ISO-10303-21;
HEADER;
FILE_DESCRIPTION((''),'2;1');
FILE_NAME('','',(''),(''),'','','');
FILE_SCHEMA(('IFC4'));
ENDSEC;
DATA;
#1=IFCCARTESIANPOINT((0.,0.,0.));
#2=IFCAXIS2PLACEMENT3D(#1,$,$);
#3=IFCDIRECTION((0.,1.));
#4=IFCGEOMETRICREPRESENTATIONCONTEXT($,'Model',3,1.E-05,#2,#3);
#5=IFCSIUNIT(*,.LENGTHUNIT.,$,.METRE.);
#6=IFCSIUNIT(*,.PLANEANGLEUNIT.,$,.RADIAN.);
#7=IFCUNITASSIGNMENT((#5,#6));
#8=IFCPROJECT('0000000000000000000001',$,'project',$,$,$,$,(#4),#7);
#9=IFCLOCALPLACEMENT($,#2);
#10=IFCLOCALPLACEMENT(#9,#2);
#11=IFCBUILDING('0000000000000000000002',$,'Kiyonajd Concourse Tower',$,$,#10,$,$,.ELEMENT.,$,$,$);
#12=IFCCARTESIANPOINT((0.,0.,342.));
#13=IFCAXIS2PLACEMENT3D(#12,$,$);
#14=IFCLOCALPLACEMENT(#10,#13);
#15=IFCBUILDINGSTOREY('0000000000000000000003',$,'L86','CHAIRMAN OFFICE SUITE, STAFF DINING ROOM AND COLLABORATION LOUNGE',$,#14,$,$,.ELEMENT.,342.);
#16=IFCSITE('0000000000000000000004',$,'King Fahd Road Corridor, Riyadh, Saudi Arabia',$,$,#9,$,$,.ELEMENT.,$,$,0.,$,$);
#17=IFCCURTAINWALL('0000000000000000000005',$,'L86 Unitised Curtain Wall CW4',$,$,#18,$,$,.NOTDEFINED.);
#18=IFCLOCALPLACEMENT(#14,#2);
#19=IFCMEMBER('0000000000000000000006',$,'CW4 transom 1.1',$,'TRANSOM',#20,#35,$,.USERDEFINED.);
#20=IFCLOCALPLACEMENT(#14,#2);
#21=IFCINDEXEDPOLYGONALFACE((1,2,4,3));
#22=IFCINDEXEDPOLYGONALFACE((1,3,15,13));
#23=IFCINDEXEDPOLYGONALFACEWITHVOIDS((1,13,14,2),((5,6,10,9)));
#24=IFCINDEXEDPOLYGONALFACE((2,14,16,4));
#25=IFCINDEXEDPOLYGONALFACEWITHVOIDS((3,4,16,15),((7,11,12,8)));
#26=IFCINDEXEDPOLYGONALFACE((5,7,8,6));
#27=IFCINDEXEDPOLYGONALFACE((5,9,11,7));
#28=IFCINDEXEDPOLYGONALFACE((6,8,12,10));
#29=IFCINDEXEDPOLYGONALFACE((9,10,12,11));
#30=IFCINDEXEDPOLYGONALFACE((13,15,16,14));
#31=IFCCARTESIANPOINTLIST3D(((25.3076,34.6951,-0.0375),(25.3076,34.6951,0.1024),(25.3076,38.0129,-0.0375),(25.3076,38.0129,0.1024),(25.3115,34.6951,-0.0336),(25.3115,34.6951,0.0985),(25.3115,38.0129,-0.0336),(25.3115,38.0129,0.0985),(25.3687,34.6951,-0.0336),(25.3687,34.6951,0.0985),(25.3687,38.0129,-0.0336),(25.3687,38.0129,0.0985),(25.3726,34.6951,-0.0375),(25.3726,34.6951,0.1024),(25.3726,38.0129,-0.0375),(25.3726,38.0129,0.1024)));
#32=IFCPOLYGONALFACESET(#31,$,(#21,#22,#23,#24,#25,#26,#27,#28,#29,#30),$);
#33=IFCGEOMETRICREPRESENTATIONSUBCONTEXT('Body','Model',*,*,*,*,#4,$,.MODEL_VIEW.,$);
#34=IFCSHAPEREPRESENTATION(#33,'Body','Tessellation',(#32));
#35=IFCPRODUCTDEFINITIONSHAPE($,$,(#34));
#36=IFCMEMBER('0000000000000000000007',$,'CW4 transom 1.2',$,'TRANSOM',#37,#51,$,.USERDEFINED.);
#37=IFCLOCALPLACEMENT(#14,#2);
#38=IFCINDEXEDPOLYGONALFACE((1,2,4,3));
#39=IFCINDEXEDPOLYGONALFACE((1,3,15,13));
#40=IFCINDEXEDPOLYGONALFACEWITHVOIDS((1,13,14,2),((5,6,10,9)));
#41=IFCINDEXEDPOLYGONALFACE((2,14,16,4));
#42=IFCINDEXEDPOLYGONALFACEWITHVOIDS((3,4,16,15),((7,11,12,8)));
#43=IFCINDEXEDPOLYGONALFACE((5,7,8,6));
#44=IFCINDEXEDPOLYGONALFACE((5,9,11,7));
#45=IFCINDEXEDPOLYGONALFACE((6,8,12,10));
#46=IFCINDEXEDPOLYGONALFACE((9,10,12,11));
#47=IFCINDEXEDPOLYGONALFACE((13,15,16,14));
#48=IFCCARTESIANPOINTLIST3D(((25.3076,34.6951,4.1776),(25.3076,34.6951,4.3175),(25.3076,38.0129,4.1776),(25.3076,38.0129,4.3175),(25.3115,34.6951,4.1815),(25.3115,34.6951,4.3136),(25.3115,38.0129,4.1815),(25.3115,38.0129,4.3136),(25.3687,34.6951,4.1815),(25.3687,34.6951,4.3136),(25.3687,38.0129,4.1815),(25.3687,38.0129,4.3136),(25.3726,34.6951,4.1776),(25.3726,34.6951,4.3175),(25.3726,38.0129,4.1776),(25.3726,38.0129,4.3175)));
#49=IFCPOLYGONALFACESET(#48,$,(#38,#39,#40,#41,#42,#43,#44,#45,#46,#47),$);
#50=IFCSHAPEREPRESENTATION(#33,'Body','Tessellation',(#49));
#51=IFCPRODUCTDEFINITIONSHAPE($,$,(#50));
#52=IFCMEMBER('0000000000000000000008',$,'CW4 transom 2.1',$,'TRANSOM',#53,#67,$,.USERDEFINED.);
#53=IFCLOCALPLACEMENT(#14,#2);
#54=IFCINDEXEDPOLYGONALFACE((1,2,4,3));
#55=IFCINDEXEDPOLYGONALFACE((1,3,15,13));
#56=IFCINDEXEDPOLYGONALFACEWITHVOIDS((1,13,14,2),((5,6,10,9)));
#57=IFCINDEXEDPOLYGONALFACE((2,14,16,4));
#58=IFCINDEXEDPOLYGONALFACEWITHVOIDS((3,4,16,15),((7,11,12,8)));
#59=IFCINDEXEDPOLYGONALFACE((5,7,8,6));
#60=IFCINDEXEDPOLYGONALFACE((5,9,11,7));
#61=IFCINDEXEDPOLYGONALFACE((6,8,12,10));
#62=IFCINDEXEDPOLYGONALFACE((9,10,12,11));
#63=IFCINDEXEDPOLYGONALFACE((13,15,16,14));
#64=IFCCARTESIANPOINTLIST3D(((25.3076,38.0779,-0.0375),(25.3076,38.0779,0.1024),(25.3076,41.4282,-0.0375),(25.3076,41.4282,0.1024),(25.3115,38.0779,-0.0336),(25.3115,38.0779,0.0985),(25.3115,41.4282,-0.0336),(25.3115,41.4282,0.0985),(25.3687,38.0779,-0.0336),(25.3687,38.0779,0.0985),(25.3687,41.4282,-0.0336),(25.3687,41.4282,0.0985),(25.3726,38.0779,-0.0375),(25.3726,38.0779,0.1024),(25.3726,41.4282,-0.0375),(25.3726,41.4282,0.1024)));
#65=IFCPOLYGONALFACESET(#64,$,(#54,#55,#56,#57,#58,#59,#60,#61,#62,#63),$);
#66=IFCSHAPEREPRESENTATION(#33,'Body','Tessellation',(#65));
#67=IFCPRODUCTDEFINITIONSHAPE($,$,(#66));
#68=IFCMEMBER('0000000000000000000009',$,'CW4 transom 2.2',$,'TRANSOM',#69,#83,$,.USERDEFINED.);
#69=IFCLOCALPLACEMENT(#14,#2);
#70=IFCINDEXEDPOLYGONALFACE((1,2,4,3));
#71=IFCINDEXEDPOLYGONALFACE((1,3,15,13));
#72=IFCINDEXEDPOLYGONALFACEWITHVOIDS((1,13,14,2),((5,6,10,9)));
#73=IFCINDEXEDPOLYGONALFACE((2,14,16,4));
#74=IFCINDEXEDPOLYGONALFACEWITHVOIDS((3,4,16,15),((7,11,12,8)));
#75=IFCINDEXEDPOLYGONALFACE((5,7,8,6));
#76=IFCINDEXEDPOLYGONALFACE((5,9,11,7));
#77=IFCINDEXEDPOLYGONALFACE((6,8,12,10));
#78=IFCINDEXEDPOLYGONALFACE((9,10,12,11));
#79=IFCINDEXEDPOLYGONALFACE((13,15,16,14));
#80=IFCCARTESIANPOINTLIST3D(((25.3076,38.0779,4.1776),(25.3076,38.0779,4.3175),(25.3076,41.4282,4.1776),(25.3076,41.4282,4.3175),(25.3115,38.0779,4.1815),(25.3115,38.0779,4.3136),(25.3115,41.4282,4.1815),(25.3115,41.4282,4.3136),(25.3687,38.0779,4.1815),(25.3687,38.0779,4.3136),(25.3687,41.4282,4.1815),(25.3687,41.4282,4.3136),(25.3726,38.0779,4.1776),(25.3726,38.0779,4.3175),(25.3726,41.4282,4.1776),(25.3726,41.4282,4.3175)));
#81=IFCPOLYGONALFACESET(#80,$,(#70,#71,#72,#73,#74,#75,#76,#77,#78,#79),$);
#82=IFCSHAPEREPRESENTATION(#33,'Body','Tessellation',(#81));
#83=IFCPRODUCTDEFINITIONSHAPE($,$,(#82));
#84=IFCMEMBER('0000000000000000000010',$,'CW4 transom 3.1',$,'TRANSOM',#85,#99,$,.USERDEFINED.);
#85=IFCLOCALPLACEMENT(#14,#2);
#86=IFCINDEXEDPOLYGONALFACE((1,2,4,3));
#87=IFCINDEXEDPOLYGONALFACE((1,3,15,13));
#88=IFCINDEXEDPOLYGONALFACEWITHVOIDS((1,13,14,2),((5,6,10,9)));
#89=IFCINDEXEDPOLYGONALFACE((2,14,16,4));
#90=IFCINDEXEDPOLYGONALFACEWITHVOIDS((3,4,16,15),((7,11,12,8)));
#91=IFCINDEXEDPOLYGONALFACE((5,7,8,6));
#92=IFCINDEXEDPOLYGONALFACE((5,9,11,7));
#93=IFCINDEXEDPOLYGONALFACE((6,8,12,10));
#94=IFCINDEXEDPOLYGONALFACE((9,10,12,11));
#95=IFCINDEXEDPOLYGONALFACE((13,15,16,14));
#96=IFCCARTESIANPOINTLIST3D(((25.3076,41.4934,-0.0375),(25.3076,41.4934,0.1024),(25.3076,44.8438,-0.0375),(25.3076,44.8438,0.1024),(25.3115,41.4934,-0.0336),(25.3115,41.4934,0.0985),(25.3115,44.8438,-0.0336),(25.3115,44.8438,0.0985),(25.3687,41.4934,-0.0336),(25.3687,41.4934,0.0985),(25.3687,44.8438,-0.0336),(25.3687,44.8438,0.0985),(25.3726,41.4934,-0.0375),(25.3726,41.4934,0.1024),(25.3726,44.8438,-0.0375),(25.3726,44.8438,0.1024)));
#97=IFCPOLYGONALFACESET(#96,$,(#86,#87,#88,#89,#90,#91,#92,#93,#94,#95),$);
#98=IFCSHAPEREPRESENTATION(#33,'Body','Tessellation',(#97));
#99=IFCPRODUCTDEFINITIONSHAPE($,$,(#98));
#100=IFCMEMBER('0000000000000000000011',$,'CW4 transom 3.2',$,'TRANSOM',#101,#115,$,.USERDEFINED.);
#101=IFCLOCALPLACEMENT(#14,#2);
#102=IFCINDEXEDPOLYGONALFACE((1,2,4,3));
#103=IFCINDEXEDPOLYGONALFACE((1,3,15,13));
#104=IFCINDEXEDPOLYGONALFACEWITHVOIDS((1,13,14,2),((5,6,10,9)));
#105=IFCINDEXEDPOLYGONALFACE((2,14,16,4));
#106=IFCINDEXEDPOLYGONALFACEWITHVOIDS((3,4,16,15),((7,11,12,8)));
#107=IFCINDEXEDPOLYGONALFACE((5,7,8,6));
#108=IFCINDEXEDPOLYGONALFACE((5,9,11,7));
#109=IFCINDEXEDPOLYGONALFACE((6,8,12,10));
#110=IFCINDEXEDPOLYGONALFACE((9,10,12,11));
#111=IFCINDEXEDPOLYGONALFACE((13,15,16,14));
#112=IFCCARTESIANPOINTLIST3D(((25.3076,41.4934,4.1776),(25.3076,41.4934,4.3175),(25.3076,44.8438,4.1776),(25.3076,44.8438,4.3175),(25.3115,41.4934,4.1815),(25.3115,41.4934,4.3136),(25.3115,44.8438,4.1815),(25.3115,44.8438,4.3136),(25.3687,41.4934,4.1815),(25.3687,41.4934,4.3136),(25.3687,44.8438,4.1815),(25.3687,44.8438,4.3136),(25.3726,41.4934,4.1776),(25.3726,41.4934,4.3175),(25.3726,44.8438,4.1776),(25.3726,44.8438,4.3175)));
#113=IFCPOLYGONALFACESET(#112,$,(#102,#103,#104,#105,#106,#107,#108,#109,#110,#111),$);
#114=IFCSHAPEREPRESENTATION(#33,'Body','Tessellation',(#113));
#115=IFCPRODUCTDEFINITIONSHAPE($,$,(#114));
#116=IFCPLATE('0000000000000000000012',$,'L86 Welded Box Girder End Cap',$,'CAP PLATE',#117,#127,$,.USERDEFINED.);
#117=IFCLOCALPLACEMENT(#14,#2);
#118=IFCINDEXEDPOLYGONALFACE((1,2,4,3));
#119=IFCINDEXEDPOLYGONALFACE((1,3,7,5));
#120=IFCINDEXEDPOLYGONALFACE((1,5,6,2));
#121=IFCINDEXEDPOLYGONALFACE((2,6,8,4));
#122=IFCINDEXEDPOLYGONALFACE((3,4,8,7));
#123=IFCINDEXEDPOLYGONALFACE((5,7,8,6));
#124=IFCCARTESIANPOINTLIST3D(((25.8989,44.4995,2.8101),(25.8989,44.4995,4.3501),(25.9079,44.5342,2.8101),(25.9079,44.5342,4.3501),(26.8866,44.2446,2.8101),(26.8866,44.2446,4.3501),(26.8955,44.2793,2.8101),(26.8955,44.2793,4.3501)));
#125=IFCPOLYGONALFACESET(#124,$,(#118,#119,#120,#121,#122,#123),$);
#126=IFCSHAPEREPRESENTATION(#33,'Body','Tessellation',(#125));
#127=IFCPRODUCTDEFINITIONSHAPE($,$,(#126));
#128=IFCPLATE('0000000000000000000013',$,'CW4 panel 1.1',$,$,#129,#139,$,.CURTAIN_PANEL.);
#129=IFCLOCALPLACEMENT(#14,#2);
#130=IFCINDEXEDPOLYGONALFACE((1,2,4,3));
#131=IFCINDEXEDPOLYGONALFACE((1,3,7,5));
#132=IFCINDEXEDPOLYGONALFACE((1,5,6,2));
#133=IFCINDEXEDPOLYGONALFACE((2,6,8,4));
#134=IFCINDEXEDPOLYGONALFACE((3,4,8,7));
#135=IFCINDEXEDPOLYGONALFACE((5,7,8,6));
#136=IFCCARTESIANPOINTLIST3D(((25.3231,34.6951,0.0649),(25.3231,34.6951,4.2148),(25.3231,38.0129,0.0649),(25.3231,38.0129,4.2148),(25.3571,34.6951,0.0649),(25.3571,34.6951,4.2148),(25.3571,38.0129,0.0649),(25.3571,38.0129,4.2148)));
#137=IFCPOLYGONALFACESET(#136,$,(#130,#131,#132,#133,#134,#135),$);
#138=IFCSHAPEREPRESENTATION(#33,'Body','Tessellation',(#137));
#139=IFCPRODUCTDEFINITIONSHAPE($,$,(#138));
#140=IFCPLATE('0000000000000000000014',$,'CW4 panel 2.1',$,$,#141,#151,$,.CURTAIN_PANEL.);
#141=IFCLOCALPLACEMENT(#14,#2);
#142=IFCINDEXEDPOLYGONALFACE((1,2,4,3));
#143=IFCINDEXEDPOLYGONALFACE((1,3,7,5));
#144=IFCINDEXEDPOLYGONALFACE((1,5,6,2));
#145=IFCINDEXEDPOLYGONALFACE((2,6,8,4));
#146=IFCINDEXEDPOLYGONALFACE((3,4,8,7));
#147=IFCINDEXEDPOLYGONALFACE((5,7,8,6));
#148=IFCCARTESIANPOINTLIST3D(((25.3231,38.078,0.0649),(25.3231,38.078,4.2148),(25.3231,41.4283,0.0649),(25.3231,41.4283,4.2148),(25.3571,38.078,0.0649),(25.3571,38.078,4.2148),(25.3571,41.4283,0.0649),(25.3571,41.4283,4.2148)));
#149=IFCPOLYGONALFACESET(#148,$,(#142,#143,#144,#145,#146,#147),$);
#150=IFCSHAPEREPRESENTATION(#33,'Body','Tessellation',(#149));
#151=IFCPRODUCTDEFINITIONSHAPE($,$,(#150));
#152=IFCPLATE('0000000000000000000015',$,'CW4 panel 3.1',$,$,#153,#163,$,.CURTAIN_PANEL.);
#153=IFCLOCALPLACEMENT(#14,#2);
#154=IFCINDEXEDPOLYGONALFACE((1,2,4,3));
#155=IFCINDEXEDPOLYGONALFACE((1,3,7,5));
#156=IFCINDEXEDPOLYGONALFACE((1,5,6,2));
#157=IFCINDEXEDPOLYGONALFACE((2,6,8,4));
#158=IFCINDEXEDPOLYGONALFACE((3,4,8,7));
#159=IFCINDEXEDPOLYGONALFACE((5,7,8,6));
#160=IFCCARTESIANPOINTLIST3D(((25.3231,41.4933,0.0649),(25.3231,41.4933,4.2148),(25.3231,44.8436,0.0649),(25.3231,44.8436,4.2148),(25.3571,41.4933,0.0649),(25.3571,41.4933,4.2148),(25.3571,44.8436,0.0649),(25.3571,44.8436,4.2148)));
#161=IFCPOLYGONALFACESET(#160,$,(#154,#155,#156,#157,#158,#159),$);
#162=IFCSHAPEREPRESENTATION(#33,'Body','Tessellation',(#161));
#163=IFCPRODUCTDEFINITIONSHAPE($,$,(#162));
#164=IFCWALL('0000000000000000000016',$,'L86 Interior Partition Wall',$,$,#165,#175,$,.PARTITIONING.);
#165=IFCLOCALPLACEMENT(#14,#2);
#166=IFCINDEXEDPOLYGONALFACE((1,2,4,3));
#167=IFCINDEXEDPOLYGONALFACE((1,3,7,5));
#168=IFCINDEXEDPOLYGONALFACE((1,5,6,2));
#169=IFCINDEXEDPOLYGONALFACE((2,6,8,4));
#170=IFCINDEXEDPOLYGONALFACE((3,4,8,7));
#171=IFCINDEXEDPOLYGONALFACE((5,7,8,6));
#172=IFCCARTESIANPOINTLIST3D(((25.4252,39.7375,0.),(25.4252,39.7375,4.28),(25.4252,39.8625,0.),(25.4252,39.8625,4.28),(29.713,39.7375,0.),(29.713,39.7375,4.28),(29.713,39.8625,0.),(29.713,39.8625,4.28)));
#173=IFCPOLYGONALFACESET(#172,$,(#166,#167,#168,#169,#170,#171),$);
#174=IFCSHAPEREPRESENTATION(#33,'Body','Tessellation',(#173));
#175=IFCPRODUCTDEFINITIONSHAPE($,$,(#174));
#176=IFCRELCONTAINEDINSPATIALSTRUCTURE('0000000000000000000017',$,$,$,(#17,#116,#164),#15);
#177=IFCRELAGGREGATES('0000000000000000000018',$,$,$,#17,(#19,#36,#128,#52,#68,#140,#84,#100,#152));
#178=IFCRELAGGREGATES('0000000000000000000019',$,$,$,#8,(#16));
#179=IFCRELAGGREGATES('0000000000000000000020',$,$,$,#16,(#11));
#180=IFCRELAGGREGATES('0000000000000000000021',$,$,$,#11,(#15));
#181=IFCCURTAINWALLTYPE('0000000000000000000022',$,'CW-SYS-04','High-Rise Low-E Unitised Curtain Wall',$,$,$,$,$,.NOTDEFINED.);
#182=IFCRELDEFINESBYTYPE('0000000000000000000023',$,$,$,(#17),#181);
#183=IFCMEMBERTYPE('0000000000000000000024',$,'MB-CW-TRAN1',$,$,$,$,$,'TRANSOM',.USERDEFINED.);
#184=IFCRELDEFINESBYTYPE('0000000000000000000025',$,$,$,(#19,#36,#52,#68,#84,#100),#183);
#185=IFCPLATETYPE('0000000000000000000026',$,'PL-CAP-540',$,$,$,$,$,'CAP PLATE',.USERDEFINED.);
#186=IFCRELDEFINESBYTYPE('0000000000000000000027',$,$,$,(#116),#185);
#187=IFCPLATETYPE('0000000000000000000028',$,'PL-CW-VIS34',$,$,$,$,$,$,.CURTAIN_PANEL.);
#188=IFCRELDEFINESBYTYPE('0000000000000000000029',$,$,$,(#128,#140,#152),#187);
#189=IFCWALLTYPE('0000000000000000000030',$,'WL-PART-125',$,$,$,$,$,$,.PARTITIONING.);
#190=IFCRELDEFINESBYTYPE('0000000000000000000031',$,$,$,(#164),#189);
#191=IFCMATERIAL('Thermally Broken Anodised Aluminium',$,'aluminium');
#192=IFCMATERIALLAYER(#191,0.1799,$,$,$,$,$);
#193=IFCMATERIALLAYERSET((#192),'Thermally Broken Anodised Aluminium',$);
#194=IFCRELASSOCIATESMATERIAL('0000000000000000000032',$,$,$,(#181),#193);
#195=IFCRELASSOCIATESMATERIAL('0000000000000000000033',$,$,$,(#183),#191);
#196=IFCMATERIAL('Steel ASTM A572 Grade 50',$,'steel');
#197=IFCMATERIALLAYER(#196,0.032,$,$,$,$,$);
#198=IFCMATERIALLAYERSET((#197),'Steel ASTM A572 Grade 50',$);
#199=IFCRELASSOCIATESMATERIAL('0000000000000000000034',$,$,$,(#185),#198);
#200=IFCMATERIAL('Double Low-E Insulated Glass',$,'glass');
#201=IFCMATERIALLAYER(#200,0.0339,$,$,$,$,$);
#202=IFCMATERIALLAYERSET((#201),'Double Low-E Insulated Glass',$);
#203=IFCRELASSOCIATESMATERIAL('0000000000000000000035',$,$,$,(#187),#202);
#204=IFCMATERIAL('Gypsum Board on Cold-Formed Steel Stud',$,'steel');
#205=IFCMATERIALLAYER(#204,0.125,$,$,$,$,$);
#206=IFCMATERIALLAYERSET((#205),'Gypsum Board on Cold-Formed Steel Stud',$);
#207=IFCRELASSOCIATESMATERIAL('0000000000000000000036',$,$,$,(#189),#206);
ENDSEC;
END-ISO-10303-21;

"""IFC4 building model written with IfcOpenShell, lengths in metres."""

from ifc_helpers import new_model, si_unit, direction, frame, frame_2d, origin, origin_2d, place, context, subcontext, project, spatial, rectangle, hollow_rectangle, extrude, material, layer, layer_set, material_profile, profile_set, type_object, element, aggregate, save


model = new_model("IFC4")

# Units and contexts
model_context = context("Model", 3, precision=1e-05, world=origin(), true_north=direction((0.0, 1.0)))
body_context = subcontext(model_context, "Body", "Model", "MODEL_VIEW")
ifc_project = project(units=[si_unit("LENGTHUNIT", "METRE"), si_unit("PLANEANGLEUNIT", "RADIAN")], contexts=[model_context])

# Site, building, storey
site_placement = place(None, origin())
site = spatial("IfcSite", under=ifc_project, at=site_placement, Name="King Fahd Road Corridor, Riyadh, Saudi Arabia", CompositionType="ELEMENT", RefElevation=0.0)
building_placement = place(site_placement, origin())
building = spatial("IfcBuilding", under=site, at=building_placement, Name="Kiyonajd Concourse Tower", CompositionType="ELEMENT")
storey_placement = place(building_placement, frame((0.0, 0.0, 342.0)))
storey = spatial("IfcBuildingStorey", under=building, at=storey_placement, Name="L86", Description="CHAIRMAN OFFICE SUITE, STAFF DINING ROOM AND COLLABORATION LOUNGE", CompositionType="ELEMENT", Elevation=342.0)

# Curtain wall, members
ifc_material_1 = material(Name="Thermally Broken Anodised Aluminium", Category="aluminium")
ifc_layer_1 = layer(ifc_material_1, 0.1799)
ifc_layer_set_1 = layer_set([ifc_layer_1], Name="Thermally Broken Anodised Aluminium")
curtain_wall_type = type_object("IfcCurtainWallType", Name="CW-SYS-04", Description="High-Rise Low-E Unitised Curtain Wall", PredefinedType="NOTDEFINED", material=ifc_layer_set_1)
curtain_wall_placement = place(storey_placement, origin())
curtain_wall = element("IfcCurtainWall", 1, at=curtain_wall_placement, inside=storey, type_object=curtain_wall_type, Name="L86 Unitised Curtain Wall CW4", PredefinedType="NOTDEFINED")
ifc_material_profile_1 = material_profile(ifc_material_1, hollow_rectangle(XDim=0.0649, YDim=0.1399, WallThickness=0.0039, at=origin_2d()), Name="TRAN-65x140")
ifc_profile_set_1 = profile_set([ifc_material_profile_1], Name="Thermally Broken Anodised Aluminium")
member_type_1 = type_object("IfcMemberType", Name="MB-CW-TRAN1", ElementType="TRANSOM", PredefinedType="USERDEFINED", material=ifc_profile_set_1)
member_1_placement = place(storey_placement, frame((25.3401, 34.6951, 0.0325), z_axis=(0.0, 1.0, 0.0), x_axis=(-1.0, 0.0, 0.0)))
member_1 = element("IfcMember", 2, at=member_1_placement, type_object=member_type_1, Name="CW4 transom 1.1", ObjectType="TRANSOM", PredefinedType="USERDEFINED", context=body_context, shape_type="SweptSolid", body=[
    extrude(hollow_rectangle(XDim=0.0649, YDim=0.1399, WallThickness=0.0039, at=origin_2d()), origin(), (0.0, 0.0, 1.0), 3.3179),
])
member_2_placement = place(storey_placement, frame((25.3401, 34.6951, 4.2476), z_axis=(0.0, 1.0, 0.0), x_axis=(-1.0, 0.0, 0.0)))
member_2 = element("IfcMember", 3, at=member_2_placement, type_object=member_type_1, Name="CW4 transom 1.2", ObjectType="TRANSOM", PredefinedType="USERDEFINED", context=body_context, shape_type="SweptSolid", body=[
    extrude(hollow_rectangle(XDim=0.0649, YDim=0.1399, WallThickness=0.0039, at=origin_2d()), origin(), (0.0, 0.0, 1.0), 3.3179),
])
member_3_placement = place(storey_placement, frame((25.3401, 38.0779, 0.0325), z_axis=(0.0, 1.0, 0.0), x_axis=(-1.0, 0.0, 0.0)))
member_3 = element("IfcMember", 4, at=member_3_placement, type_object=member_type_1, Name="CW4 transom 2.1", ObjectType="TRANSOM", PredefinedType="USERDEFINED", context=body_context, shape_type="SweptSolid", body=[
    extrude(hollow_rectangle(XDim=0.0649, YDim=0.1399, WallThickness=0.0039, at=origin_2d()), origin(), (0.0, 0.0, 1.0), 3.3503),
])
member_4_placement = place(storey_placement, frame((25.3401, 38.0779, 4.2476), z_axis=(0.0, 1.0, 0.0), x_axis=(-1.0, 0.0, 0.0)))
member_4 = element("IfcMember", 5, at=member_4_placement, type_object=member_type_1, Name="CW4 transom 2.2", ObjectType="TRANSOM", PredefinedType="USERDEFINED", context=body_context, shape_type="SweptSolid", body=[
    extrude(hollow_rectangle(XDim=0.0649, YDim=0.1399, WallThickness=0.0039, at=origin_2d()), origin(), (0.0, 0.0, 1.0), 3.3503),
])
member_5_placement = place(storey_placement, frame((25.3401, 41.4934, 0.0325), z_axis=(0.0, 1.0, 0.0), x_axis=(-1.0, 0.0, 0.0)))
member_5 = element("IfcMember", 6, at=member_5_placement, type_object=member_type_1, Name="CW4 transom 3.1", ObjectType="TRANSOM", PredefinedType="USERDEFINED", context=body_context, shape_type="SweptSolid", body=[
    extrude(hollow_rectangle(XDim=0.0649, YDim=0.1399, WallThickness=0.0039, at=origin_2d()), origin(), (0.0, 0.0, 1.0), 3.3503),
])
member_6_placement = place(storey_placement, frame((25.3401, 41.4934, 4.2476), z_axis=(0.0, 1.0, 0.0), x_axis=(-1.0, 0.0, 0.0)))
member_6 = element("IfcMember", 7, at=member_6_placement, type_object=member_type_1, Name="CW4 transom 3.2", ObjectType="TRANSOM", PredefinedType="USERDEFINED", context=body_context, shape_type="SweptSolid", body=[
    extrude(hollow_rectangle(XDim=0.0649, YDim=0.1399, WallThickness=0.0039, at=origin_2d()), origin(), (0.0, 0.0, 1.0), 3.3503),
])

# Plates
ifc_material_2 = material(Name="Steel ASTM A572 Grade 50", Category="steel")
ifc_layer_2 = layer(ifc_material_2, 0.032)
ifc_layer_set_2 = layer_set([ifc_layer_2], Name="Steel ASTM A572 Grade 50")
plate_type_1 = type_object("IfcPlateType", Name="PL-CAP-540", ElementType="CAP PLATE", PredefinedType="USERDEFINED", material=ifc_layer_set_2)
plate_1_placement = place(storey_placement, frame((26.3972, 44.3894, 2.8101), z_axis=(0.0, 0.0, 1.0), x_axis=(-0.249873, -0.968279, 0.0)))
element("IfcPlate", 8, at=plate_1_placement, inside=storey, type_object=plate_type_1, Name="L86 Welded Box Girder End Cap", ObjectType="CAP PLATE", PredefinedType="USERDEFINED", context=body_context, shape_type="SweptSolid", body=[
    extrude(rectangle(XDim=0.0359, YDim=1.02, at=origin_2d()), origin(), (0.0, 0.0, 1.0), 1.54),
])
ifc_material_3 = material(Name="Double Low-E Insulated Glass", Category="glass")
ifc_layer_3 = layer(ifc_material_3, 0.0339)
ifc_layer_set_3 = layer_set([ifc_layer_3], Name="Double Low-E Insulated Glass")
plate_type_2 = type_object("IfcPlateType", Name="PL-CW-VIS34", PredefinedType="CURTAIN_PANEL", material=ifc_layer_set_3)
plate_2_placement = place(storey_placement, frame((25.3401, 36.354, 0.0649), z_axis=(0.0, 0.0, 1.0), x_axis=(0.0, 1.0, 0.0)))
plate_2 = element("IfcPlate", 9, at=plate_2_placement, type_object=plate_type_2, Name="CW4 panel 1.1", PredefinedType="CURTAIN_PANEL", context=body_context, shape_type="SweptSolid", body=[
    extrude(rectangle(XDim=3.3179, YDim=0.0339, at=origin_2d()), origin(), (0.0, 0.0, 1.0), 4.1499),
])
plate_3_placement = place(storey_placement, frame((25.3401, 39.7532, 0.0649), z_axis=(0.0, 0.0, 1.0), x_axis=(0.0, 1.0, 0.0)))
plate_3 = element("IfcPlate", 10, at=plate_3_placement, type_object=plate_type_2, Name="CW4 panel 2.1", PredefinedType="CURTAIN_PANEL", context=body_context, shape_type="SweptSolid", body=[
    extrude(rectangle(XDim=3.3503, YDim=0.0339, at=origin_2d()), origin(), (0.0, 0.0, 1.0), 4.1499),
])
plate_4_placement = place(storey_placement, frame((25.3401, 43.1685, 0.0649), z_axis=(0.0, 0.0, 1.0), x_axis=(0.0, 1.0, 0.0)))
plate_4 = element("IfcPlate", 11, at=plate_4_placement, type_object=plate_type_2, Name="CW4 panel 3.1", PredefinedType="CURTAIN_PANEL", context=body_context, shape_type="SweptSolid", body=[
    extrude(rectangle(XDim=3.3503, YDim=0.0339, at=origin_2d()), origin(), (0.0, 0.0, 1.0), 4.1499),
])
aggregate(curtain_wall, [member_1, member_2, plate_2, member_3, member_4, plate_3, member_5, member_6, plate_4])

# Wall
ifc_material_4 = material(Name="Gypsum Board on Cold-Formed Steel Stud", Category="steel")
ifc_layer_4 = layer(ifc_material_4, 0.125)
ifc_layer_set_4 = layer_set([ifc_layer_4], Name="Gypsum Board on Cold-Formed Steel Stud")
wall_type = type_object("IfcWallType", Name="WL-PART-125", PredefinedType="PARTITIONING", material=ifc_layer_set_4)
wall_placement = place(storey_placement, frame((25.425, 39.8, 0.0), z_axis=(0.0, 0.0, 1.0), x_axis=(1.0, 0.0, 0.0)))
element("IfcWall", 12, at=wall_placement, inside=storey, type_object=wall_type, Name="L86 Interior Partition Wall", PredefinedType="PARTITIONING", context=body_context, shape_type="SweptSolid", body=[
    extrude(rectangle(XDim=4.2878, YDim=0.125, at=frame_2d((2.144, 0.0))), origin(), (0.0, 0.0, 1.0), 4.28),
])

save(model, "model.ifc")
